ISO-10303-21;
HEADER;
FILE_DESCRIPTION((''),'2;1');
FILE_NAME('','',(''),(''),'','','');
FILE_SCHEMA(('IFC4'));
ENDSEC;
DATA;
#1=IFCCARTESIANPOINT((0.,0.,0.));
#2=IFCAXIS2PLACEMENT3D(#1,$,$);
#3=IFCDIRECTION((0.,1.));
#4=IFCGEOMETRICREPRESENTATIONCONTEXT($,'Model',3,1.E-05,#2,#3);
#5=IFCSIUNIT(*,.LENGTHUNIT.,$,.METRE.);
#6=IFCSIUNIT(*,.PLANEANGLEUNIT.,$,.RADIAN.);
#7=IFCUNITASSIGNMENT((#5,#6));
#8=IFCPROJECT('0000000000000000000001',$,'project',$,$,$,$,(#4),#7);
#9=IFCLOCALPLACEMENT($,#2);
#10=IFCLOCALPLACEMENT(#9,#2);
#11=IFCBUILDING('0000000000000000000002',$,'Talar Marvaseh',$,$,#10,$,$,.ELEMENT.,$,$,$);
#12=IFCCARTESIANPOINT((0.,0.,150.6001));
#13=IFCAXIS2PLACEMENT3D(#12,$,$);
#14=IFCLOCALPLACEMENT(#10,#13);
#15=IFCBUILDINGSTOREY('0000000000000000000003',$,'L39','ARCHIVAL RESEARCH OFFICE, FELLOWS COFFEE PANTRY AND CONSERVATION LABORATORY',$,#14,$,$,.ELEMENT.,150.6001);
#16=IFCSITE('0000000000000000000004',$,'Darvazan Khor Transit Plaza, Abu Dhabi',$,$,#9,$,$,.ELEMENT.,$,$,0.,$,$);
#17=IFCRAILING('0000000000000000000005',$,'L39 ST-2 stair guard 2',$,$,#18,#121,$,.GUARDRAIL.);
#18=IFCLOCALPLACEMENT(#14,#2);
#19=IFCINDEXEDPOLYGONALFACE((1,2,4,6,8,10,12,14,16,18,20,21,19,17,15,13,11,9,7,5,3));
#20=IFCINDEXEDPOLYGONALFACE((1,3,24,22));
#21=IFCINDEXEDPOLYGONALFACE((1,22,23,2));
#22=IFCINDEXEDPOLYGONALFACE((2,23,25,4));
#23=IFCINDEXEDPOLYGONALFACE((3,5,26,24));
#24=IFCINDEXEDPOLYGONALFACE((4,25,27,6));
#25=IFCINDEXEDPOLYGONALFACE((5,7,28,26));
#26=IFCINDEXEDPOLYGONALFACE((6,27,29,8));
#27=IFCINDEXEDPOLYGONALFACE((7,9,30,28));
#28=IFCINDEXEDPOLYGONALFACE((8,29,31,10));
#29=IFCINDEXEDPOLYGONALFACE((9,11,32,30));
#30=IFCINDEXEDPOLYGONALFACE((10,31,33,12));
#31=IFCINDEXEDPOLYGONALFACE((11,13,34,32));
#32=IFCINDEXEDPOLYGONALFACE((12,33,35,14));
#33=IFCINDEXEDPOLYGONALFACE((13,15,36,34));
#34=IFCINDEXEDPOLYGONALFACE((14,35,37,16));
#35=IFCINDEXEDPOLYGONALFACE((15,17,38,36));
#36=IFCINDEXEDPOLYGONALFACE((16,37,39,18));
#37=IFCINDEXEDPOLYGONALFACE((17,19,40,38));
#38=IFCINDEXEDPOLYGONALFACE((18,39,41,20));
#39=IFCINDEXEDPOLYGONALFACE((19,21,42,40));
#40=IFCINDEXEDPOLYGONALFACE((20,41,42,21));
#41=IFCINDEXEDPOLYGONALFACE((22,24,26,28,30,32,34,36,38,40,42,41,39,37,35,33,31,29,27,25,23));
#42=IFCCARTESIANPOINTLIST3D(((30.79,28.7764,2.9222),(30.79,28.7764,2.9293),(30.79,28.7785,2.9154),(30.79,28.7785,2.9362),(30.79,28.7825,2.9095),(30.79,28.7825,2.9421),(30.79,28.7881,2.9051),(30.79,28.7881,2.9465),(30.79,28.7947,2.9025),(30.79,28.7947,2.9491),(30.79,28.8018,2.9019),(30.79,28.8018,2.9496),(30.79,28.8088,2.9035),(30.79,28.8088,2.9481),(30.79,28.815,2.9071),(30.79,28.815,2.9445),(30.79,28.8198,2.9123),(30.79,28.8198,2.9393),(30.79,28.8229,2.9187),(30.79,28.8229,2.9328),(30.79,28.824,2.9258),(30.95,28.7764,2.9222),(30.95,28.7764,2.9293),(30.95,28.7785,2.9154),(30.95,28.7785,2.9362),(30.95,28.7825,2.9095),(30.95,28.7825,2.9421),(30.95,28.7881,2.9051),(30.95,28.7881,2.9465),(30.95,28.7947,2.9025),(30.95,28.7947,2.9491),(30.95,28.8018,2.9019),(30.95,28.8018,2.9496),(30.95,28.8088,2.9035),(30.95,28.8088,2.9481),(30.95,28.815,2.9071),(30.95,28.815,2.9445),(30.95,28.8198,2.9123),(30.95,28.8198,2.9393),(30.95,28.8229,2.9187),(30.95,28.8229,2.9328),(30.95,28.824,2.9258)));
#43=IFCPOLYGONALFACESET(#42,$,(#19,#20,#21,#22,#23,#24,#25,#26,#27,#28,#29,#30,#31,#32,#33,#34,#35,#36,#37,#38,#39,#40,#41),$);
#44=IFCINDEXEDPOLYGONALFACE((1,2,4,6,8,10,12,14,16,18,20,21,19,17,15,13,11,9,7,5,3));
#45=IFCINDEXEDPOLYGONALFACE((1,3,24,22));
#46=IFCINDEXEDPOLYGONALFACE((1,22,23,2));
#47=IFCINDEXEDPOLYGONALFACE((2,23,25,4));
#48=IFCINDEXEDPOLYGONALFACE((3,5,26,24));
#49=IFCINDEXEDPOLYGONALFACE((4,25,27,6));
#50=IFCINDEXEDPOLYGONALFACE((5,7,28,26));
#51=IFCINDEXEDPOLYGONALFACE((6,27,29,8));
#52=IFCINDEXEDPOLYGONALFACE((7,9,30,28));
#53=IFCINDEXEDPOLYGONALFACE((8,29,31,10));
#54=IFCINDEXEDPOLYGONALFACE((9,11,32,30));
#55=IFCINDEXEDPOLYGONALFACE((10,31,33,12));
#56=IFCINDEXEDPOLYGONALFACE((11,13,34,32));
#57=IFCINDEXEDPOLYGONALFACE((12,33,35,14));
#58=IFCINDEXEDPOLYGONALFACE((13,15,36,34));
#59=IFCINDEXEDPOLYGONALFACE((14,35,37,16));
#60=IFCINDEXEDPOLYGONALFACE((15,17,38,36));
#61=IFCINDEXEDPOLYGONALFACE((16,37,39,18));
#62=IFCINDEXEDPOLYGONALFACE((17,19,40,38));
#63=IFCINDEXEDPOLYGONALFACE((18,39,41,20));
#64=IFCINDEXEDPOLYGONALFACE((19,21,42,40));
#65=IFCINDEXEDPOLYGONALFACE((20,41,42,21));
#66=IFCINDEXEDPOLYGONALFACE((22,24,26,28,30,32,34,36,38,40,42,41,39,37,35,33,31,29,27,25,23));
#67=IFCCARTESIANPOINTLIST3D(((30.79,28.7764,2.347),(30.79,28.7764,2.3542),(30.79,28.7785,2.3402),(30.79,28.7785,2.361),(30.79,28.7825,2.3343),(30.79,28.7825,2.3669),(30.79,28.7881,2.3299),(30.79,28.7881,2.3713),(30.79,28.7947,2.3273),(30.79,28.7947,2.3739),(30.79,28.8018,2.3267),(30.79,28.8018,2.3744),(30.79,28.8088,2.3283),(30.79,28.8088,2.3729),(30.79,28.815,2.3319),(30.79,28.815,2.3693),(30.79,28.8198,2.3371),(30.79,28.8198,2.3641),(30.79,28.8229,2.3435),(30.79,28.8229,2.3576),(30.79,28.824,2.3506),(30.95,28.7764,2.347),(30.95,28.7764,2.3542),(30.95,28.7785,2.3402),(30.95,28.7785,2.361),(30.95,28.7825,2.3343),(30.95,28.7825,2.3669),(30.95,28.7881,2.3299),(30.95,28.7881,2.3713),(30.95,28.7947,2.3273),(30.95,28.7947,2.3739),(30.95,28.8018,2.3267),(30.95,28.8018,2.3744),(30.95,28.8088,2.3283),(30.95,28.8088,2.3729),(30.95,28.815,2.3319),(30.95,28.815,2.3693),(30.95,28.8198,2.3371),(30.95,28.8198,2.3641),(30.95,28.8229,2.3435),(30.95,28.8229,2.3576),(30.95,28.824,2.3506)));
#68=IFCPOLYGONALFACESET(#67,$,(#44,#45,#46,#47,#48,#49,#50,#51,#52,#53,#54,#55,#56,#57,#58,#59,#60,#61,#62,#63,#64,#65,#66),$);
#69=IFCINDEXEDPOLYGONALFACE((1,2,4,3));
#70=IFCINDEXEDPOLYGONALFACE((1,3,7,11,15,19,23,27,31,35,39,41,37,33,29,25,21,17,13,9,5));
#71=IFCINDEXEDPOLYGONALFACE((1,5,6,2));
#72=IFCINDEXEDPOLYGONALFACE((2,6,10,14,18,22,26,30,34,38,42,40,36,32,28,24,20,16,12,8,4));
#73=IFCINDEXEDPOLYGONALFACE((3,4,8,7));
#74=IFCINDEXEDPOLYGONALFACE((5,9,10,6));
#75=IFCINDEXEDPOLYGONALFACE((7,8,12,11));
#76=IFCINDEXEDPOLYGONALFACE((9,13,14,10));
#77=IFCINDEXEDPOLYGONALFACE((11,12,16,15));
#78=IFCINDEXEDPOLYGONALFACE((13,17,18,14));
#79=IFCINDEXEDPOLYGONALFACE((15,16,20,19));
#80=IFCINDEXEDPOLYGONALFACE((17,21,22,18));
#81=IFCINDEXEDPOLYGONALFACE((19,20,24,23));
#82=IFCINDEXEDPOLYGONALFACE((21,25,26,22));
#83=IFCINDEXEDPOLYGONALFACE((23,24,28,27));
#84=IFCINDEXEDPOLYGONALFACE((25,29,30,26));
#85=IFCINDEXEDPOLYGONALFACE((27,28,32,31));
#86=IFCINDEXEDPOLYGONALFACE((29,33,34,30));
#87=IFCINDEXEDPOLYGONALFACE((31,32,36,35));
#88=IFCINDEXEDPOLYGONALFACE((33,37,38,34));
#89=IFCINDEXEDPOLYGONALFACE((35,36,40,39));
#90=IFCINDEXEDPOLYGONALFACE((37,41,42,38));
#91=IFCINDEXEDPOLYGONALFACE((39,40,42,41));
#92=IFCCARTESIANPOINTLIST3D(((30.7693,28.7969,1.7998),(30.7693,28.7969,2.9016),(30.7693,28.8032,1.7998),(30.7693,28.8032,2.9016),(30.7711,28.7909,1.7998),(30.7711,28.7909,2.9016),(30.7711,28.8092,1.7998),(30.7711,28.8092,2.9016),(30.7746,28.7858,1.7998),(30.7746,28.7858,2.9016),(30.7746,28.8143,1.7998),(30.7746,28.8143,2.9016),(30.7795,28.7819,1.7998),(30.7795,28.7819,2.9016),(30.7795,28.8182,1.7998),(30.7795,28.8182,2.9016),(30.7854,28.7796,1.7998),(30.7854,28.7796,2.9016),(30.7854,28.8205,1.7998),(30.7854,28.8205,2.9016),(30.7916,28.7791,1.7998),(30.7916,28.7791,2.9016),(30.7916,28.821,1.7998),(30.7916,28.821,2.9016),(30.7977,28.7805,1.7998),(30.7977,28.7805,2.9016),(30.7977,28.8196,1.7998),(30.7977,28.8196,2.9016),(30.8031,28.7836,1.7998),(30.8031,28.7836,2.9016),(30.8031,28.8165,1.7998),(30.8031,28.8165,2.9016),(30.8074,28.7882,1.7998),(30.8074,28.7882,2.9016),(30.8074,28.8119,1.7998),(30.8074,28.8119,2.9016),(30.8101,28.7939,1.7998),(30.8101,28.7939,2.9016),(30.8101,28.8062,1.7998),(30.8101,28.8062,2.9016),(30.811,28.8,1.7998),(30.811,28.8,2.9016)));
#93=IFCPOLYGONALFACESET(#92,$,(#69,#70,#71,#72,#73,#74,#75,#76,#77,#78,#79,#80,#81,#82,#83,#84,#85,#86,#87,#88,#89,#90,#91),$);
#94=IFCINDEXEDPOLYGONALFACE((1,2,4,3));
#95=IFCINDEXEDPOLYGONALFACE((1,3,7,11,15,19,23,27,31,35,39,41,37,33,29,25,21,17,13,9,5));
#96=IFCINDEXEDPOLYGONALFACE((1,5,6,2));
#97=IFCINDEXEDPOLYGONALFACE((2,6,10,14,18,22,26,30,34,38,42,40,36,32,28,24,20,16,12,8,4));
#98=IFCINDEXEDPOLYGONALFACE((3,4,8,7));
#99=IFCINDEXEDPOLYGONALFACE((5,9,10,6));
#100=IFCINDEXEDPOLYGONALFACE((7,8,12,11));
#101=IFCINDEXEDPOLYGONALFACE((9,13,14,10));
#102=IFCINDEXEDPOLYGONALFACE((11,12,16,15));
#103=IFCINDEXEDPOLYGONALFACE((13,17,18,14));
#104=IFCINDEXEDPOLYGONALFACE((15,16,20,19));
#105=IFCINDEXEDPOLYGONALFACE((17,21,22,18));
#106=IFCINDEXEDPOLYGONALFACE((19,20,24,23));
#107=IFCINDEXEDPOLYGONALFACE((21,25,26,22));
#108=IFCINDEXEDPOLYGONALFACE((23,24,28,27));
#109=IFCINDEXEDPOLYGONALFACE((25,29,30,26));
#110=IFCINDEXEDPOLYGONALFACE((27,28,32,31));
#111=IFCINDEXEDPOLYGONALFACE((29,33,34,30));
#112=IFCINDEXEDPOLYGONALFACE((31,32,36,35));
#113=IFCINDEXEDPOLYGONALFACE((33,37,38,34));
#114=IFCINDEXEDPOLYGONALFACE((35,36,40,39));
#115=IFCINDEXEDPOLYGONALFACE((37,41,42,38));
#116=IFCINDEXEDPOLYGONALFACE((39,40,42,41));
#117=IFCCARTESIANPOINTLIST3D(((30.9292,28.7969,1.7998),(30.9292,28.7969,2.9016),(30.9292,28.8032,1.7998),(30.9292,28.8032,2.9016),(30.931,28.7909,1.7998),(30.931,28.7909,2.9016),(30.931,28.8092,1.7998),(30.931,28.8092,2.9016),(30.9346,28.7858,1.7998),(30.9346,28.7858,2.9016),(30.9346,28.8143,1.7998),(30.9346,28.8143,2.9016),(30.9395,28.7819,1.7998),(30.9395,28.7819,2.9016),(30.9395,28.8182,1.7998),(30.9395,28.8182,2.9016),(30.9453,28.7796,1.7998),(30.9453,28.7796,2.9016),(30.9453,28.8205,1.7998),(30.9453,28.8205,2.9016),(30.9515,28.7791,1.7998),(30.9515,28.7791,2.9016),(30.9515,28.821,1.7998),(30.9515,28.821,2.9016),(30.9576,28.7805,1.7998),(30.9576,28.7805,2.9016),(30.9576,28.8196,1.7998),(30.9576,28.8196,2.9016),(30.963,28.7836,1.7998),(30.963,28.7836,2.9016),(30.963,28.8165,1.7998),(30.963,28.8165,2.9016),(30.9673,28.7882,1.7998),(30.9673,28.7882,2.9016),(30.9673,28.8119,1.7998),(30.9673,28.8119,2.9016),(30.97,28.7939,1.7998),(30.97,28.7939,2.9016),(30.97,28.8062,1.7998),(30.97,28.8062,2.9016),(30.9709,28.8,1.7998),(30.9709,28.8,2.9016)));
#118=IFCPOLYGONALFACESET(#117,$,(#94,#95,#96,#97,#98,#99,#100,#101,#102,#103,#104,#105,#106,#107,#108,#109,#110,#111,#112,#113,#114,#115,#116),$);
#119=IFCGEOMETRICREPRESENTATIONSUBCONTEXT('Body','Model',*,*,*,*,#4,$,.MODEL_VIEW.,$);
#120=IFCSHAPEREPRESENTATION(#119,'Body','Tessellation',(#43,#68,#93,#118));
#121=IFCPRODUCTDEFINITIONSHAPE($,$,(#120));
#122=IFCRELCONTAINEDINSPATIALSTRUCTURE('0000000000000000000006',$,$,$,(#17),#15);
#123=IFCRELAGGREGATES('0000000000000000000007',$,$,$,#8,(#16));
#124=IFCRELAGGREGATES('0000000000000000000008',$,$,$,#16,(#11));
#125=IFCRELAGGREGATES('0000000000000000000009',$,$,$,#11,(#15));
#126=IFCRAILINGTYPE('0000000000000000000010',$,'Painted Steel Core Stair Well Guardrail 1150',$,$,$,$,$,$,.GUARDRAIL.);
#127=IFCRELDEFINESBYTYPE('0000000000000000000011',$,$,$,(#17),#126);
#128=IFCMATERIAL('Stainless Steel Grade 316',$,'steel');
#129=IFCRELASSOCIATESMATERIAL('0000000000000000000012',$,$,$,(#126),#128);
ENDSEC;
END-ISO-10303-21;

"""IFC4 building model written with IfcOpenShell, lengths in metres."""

from ifc_helpers import new_model, si_unit, direction, frame, origin, origin_2d, place, context, subcontext, project, spatial, circle, extrude, material, type_object, element, save


model = new_model("IFC4")

# Units and contexts
model_context = context("Model", 3, precision=1e-05, world=origin(), true_north=direction((0.0, 1.0)))
body_context = subcontext(model_context, "Body", "Model", "MODEL_VIEW")
ifc_project = project(units=[si_unit("LENGTHUNIT", "METRE"), si_unit("PLANEANGLEUNIT", "RADIAN")], contexts=[model_context])

# Site, building, storey
site_placement = place(None, origin())
site = spatial("IfcSite", under=ifc_project, at=site_placement, Name="Darvazan Khor Transit Plaza, Abu Dhabi", CompositionType="ELEMENT", RefElevation=0.0)
building_placement = place(site_placement, origin())
building = spatial("IfcBuilding", under=site, at=building_placement, Name="Talar Marvaseh", CompositionType="ELEMENT")
storey_placement = place(building_placement, frame((0.0, 0.0, 150.6001)))
storey = spatial("IfcBuildingStorey", under=building, at=storey_placement, Name="L39", Description="ARCHIVAL RESEARCH OFFICE, FELLOWS COFFEE PANTRY AND CONSERVATION LABORATORY", CompositionType="ELEMENT", Elevation=150.6001)

# Shared definitions
ifc_material_1 = material(Name="Stainless Steel Grade 316", Category="steel")

# Railing
railing_type_1 = type_object("IfcRailingType", Name="Painted Steel Core Stair Well Guardrail 1150", PredefinedType="GUARDRAIL", material=ifc_material_1)
railing_1_placement = place(storey_placement, frame((30.79, 28.8, 1.7998)))
element("IfcRailing", 1, at=railing_1_placement, inside=storey, type_object=railing_type_1, Name="L39 ST-2 stair guard 2", PredefinedType="GUARDRAIL", context=body_context, shape_type="SweptSolid", body=[
    extrude(circle(Radius=0.0239, at=origin_2d()), frame((0.0, 0.0, 1.126), z_axis=(1.0, 0.0, 0.0), x_axis=(0.0, 1.0, 0.0)), (0.0, 0.0, 1.0), 0.1599),
    extrude(circle(Radius=0.0239, at=origin_2d()), frame((0.0, 0.0, 0.5508), z_axis=(1.0, 0.0, 0.0), x_axis=(0.0, 1.0, 0.0)), (0.0, 0.0, 1.0), 0.1599),
    extrude(circle(Radius=0.021, at=origin_2d()), origin(), (0.0, 0.0, 1.0), 1.1018),
    extrude(circle(Radius=0.021, at=origin_2d()), frame((0.1599, 0.0, 0.0)), (0.0, 0.0, 1.0), 1.1018),
])

save(model, "model.ifc")
